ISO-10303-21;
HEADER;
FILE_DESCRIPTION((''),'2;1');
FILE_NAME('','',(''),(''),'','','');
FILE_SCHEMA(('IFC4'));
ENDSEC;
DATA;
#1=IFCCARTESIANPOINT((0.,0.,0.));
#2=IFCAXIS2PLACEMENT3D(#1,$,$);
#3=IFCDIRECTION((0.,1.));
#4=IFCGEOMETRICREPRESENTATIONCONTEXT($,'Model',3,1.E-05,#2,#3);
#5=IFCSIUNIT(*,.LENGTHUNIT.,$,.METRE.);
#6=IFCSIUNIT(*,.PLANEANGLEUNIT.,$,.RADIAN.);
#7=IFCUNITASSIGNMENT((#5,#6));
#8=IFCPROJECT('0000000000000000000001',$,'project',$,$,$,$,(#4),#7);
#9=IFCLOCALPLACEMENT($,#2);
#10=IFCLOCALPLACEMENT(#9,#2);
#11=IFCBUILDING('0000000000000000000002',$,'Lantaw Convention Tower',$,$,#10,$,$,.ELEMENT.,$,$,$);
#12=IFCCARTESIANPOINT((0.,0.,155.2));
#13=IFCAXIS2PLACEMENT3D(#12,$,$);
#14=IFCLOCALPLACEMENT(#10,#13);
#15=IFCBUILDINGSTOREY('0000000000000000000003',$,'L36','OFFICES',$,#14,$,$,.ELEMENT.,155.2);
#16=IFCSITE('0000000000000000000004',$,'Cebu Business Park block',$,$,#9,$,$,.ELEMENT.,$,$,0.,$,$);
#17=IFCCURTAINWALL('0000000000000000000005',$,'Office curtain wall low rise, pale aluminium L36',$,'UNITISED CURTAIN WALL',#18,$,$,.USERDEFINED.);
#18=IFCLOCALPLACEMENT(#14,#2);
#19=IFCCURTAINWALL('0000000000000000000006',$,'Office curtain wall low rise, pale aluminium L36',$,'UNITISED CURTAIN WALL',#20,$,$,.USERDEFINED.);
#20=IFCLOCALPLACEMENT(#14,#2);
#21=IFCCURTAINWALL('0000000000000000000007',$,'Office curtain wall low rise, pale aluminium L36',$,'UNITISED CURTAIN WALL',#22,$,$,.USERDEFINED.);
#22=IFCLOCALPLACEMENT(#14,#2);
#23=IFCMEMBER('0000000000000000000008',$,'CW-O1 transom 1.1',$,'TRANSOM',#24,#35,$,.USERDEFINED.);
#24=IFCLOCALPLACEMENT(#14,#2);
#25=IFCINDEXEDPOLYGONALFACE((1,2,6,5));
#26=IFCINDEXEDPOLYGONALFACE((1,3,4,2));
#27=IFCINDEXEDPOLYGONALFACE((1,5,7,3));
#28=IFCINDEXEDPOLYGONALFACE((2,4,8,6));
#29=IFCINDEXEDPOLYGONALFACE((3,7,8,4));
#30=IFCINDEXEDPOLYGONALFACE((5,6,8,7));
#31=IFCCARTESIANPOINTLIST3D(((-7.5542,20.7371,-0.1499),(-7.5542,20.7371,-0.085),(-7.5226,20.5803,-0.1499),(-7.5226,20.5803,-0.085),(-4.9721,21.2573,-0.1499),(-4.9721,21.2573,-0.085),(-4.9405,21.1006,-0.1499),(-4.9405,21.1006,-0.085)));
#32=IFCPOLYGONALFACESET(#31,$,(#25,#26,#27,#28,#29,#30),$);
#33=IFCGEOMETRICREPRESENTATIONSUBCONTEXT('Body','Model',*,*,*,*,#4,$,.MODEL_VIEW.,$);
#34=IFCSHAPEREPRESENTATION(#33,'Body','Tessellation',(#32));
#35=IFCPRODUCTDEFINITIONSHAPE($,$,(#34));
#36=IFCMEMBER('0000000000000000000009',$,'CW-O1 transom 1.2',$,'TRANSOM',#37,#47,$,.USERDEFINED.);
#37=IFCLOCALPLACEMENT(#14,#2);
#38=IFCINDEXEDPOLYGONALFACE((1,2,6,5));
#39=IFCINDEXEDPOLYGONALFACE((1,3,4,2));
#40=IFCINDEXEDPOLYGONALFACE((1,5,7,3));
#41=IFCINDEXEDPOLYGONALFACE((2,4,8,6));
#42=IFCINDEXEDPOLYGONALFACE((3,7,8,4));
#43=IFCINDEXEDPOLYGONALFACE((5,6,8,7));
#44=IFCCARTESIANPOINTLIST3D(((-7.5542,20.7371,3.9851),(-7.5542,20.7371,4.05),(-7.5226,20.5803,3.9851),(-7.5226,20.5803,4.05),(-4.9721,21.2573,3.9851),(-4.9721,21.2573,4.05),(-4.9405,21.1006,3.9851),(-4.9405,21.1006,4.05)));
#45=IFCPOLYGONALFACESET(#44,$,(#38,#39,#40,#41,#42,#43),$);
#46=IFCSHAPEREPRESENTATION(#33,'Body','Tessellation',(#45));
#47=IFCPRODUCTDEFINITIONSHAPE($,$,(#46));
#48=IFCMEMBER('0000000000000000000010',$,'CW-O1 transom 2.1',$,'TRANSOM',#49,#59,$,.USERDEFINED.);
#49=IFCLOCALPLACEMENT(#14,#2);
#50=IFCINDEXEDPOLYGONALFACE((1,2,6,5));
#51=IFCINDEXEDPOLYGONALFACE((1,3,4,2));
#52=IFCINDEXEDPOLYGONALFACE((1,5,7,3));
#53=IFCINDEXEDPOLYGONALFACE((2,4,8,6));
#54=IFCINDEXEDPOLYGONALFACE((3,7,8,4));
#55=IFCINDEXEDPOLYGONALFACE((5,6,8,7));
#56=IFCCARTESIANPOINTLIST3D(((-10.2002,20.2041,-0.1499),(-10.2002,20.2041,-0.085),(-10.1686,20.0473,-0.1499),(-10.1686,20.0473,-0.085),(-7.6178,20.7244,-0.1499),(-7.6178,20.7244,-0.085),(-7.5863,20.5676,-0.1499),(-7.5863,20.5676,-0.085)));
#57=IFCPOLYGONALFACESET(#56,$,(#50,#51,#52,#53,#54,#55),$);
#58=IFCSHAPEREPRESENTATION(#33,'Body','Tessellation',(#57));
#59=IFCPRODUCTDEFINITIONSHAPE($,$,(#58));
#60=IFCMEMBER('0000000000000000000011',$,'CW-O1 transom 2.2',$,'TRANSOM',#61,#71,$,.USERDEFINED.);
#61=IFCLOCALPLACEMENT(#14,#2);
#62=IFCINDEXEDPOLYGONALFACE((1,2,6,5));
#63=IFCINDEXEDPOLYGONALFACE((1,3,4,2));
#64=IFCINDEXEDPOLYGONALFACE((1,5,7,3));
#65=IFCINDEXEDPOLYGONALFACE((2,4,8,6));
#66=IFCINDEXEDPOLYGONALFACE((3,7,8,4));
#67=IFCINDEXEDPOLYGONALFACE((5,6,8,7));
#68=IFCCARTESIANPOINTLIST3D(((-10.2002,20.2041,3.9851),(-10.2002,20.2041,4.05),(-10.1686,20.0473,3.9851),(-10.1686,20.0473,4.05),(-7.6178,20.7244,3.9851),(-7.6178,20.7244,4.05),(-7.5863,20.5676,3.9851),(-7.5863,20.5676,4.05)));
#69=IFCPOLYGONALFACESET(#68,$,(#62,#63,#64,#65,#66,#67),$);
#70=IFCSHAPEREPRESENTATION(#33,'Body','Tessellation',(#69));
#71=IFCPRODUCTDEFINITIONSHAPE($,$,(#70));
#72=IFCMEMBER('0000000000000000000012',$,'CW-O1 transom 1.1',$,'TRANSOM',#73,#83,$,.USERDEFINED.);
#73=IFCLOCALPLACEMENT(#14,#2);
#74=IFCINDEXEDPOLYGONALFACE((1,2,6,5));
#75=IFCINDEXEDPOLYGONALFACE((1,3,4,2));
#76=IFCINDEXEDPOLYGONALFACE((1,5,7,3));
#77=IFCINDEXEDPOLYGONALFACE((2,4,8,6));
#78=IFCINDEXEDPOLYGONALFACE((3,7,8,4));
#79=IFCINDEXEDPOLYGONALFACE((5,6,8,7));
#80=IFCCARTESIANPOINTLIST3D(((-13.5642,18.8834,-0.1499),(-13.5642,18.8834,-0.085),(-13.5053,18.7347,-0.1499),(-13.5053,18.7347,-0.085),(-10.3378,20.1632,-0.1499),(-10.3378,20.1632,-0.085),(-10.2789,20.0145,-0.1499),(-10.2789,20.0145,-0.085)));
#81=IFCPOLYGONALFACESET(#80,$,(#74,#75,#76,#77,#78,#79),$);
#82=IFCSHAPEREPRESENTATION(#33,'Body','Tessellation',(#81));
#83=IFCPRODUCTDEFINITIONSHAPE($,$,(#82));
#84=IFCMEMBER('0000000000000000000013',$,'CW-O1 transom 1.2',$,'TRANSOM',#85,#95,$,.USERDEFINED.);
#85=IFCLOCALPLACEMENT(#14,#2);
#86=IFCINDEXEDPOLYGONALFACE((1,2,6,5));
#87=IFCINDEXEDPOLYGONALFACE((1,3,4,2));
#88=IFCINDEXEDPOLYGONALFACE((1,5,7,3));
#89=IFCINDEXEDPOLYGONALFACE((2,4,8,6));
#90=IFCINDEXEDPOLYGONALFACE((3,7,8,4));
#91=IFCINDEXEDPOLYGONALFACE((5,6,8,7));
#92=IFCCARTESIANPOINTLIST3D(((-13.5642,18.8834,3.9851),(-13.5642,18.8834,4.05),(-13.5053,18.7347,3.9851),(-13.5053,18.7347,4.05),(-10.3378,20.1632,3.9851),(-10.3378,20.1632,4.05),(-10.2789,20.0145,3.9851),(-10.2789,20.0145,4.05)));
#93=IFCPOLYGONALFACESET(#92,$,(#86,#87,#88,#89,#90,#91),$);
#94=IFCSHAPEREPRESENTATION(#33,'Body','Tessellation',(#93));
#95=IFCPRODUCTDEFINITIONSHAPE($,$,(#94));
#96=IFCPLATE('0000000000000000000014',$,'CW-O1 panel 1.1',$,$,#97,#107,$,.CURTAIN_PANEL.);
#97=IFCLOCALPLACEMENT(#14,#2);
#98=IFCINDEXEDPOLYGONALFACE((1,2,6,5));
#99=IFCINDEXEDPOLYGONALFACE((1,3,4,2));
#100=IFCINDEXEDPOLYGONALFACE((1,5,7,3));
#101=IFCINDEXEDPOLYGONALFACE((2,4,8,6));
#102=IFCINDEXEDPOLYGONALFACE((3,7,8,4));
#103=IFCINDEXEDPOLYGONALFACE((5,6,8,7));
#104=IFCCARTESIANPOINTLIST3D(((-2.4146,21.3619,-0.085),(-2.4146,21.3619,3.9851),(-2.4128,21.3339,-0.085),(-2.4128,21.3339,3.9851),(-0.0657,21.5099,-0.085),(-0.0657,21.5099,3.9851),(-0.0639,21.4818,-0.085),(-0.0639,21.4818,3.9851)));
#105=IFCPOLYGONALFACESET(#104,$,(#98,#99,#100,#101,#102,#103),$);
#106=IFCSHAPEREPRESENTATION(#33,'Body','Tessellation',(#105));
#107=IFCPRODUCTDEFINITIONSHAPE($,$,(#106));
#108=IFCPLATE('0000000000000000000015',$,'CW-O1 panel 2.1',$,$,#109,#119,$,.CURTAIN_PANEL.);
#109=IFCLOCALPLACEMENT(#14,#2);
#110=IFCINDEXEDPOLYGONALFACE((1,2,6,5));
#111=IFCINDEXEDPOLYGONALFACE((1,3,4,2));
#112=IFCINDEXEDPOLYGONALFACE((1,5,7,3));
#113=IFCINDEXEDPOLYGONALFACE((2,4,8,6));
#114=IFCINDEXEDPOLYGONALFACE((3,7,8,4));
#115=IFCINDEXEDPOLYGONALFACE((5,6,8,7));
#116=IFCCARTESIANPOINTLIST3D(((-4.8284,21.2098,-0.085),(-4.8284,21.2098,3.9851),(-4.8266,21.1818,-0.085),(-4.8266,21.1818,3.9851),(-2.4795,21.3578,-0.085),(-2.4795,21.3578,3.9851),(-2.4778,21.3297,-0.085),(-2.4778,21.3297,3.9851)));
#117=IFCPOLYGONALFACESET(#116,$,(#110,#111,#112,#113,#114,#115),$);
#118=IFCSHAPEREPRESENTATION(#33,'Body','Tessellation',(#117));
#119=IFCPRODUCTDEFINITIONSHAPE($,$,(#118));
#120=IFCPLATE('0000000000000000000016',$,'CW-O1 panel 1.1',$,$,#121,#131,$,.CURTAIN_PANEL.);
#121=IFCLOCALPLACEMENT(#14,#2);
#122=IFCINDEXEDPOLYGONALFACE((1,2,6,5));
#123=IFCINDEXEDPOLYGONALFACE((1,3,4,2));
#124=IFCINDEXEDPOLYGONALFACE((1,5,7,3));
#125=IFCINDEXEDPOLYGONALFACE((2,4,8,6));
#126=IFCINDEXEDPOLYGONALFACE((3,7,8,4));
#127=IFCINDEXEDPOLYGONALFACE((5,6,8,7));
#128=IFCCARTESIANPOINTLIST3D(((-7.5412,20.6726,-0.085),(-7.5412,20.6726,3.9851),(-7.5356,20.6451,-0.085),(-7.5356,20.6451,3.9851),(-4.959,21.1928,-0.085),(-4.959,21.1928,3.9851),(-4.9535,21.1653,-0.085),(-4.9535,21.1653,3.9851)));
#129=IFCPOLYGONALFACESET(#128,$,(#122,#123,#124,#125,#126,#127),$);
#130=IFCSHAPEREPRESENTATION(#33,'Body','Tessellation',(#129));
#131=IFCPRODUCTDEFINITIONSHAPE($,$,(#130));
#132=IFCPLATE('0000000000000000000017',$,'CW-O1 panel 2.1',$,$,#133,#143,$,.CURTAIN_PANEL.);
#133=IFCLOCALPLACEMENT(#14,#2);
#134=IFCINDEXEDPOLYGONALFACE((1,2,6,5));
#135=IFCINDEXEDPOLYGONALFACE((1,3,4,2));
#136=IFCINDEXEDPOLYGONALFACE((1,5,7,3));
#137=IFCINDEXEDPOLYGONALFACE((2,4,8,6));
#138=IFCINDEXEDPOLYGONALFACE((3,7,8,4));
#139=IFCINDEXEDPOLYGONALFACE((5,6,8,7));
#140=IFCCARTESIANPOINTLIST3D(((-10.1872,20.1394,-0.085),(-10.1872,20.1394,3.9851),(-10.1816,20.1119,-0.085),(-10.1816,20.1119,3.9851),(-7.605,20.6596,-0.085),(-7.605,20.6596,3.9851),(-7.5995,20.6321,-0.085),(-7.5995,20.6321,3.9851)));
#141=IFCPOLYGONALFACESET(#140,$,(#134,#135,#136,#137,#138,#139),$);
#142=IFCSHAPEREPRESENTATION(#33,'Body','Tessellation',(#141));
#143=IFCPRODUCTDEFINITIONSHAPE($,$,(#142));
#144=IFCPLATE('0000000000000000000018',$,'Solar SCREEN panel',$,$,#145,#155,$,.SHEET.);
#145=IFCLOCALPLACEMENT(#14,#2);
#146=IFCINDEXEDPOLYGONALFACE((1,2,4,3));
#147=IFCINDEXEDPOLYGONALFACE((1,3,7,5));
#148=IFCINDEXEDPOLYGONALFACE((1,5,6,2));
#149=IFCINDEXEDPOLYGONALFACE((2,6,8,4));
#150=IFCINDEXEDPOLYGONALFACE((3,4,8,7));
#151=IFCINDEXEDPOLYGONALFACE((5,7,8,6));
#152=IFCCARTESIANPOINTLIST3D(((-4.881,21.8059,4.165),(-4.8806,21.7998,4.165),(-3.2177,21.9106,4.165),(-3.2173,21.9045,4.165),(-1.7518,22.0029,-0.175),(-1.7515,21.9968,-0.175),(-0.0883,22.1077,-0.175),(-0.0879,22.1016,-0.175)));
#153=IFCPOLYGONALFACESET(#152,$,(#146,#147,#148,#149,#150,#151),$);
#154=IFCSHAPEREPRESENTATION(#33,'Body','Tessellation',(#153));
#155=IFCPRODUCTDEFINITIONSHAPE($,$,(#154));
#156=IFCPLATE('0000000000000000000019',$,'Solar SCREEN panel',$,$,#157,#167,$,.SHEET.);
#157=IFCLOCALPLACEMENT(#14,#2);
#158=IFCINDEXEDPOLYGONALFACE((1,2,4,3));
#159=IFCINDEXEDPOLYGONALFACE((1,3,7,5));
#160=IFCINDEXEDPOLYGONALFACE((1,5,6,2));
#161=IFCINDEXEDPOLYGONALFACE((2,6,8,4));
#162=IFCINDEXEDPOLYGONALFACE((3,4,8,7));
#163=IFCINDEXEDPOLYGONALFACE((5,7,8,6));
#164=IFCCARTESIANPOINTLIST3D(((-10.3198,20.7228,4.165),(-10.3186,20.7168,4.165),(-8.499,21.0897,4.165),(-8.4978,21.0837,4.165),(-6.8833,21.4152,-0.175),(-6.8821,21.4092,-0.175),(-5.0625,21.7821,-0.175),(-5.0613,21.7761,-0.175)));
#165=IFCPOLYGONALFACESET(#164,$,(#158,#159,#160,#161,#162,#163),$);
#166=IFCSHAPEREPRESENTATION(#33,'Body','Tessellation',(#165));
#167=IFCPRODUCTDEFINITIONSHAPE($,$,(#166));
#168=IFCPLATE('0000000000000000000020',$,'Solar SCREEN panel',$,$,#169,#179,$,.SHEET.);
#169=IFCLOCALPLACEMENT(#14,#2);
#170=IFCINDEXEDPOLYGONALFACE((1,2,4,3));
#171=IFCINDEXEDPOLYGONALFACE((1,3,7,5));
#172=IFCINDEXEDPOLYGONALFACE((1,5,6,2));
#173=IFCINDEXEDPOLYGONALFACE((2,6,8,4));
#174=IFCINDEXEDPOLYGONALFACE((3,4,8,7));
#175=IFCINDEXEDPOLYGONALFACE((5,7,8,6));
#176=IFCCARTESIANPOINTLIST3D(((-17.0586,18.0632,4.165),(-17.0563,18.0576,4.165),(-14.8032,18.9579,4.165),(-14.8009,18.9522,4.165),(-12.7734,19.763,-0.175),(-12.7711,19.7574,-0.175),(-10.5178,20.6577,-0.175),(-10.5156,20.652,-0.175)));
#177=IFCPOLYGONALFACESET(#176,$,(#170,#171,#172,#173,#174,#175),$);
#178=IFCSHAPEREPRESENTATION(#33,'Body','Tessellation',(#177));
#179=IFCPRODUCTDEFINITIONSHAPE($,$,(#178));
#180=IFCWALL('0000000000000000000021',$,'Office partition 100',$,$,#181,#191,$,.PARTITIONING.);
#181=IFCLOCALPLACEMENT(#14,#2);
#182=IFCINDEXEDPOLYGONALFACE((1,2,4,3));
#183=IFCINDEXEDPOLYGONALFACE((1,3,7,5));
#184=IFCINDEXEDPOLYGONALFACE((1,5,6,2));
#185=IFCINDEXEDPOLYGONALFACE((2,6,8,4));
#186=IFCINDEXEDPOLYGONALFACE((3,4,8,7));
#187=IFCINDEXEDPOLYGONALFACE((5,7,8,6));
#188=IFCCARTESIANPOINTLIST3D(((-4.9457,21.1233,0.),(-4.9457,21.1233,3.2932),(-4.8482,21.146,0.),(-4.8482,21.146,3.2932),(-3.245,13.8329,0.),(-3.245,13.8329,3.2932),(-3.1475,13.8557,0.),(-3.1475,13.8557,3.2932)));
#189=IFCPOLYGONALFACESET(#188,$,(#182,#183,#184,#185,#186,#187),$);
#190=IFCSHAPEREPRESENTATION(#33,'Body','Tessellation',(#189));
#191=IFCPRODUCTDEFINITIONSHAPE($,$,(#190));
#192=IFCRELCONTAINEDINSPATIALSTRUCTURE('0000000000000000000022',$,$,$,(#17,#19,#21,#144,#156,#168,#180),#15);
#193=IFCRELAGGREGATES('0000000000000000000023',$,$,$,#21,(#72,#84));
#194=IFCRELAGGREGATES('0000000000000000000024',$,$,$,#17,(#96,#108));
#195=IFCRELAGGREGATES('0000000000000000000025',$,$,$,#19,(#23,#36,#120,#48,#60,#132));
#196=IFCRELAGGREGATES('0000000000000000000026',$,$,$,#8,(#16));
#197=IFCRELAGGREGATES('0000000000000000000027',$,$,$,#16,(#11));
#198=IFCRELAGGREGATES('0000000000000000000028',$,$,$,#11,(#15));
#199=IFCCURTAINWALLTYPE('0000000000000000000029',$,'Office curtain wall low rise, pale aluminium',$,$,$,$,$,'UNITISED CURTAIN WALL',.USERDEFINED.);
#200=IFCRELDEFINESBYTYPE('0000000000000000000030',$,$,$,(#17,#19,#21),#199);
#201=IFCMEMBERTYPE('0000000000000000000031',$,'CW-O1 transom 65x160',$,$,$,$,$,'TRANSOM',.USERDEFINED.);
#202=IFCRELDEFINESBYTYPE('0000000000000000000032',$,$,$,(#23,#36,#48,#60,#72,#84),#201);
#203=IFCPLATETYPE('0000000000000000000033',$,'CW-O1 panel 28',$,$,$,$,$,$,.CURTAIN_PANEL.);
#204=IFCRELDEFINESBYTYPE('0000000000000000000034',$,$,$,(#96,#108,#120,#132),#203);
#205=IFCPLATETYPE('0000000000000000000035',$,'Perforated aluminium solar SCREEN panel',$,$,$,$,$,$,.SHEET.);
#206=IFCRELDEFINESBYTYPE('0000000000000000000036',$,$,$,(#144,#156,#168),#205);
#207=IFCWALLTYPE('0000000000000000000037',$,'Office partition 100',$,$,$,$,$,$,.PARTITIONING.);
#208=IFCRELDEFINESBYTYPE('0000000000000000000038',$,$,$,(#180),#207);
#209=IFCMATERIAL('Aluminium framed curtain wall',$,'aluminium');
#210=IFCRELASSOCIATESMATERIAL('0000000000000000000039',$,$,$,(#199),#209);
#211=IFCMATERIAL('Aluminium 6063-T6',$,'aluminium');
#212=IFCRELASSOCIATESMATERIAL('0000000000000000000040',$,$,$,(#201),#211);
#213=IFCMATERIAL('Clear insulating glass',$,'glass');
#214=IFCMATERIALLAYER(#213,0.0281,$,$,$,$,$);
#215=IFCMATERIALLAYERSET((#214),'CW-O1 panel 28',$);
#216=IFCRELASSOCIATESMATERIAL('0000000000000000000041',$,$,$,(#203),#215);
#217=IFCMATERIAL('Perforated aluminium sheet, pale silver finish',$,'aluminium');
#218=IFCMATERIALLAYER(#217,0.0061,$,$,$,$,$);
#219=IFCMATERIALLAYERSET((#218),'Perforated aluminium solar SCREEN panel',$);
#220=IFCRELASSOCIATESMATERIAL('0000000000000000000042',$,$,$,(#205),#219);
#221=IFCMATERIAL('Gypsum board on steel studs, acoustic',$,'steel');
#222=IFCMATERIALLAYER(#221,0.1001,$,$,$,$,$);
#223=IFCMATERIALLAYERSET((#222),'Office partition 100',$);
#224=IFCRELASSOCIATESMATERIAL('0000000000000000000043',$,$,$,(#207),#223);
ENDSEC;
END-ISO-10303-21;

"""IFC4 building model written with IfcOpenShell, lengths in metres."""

from ifc_helpers import new_model, si_unit, direction, frame, frame_2d, origin, origin_2d, place, context, subcontext, project, spatial, polyline, rectangle, outline, extrude, material, layer, layer_set, material_profile, profile_set, type_object, element, aggregate, save


model = new_model("IFC4")

# Units and contexts
model_context = context("Model", 3, precision=1e-05, world=origin(), true_north=direction((0.0, 1.0)))
body_context = subcontext(model_context, "Body", "Model", "MODEL_VIEW")
ifc_project = project(units=[si_unit("LENGTHUNIT", "METRE"), si_unit("PLANEANGLEUNIT", "RADIAN")], contexts=[model_context])

# Site, building, storey
site_placement = place(None, origin())
site = spatial("IfcSite", under=ifc_project, at=site_placement, Name="Cebu Business Park block", CompositionType="ELEMENT", RefElevation=0.0)
building_placement = place(site_placement, origin())
building = spatial("IfcBuilding", under=site, at=building_placement, Name="Lantaw Convention Tower", CompositionType="ELEMENT")
storey_placement = place(building_placement, frame((0.0, 0.0, 155.2)))
storey = spatial("IfcBuildingStorey", under=building, at=storey_placement, Name="L36", Description="OFFICES", CompositionType="ELEMENT", Elevation=155.2)

# Curtain walls
ifc_material_1 = material(Name="Aluminium framed curtain wall", Category="aluminium")
curtain_wall_type = type_object("IfcCurtainWallType", Name="Office curtain wall low rise, pale aluminium", ElementType="UNITISED CURTAIN WALL", PredefinedType="USERDEFINED", material=ifc_material_1)
curtain_wall_1_placement = place(storey_placement, origin())
curtain_wall_1 = element("IfcCurtainWall", 1, at=curtain_wall_1_placement, inside=storey, type_object=curtain_wall_type, Name="Office curtain wall low rise, pale aluminium L36", ObjectType="UNITISED CURTAIN WALL", PredefinedType="USERDEFINED")
ifc_material_2 = material(Name="Aluminium 6063-T6", Category="aluminium")
curtain_wall_2_placement = place(storey_placement, origin())
curtain_wall_2 = element("IfcCurtainWall", 2, at=curtain_wall_2_placement, inside=storey, type_object=curtain_wall_type, Name="Office curtain wall low rise, pale aluminium L36", ObjectType="UNITISED CURTAIN WALL", PredefinedType="USERDEFINED")

# Curtain wall
curtain_wall_3_placement = place(storey_placement, origin())
curtain_wall_3 = element("IfcCurtainWall", 3, at=curtain_wall_3_placement, inside=storey, type_object=curtain_wall_type, Name="Office curtain wall low rise, pale aluminium L36", ObjectType="UNITISED CURTAIN WALL", PredefinedType="USERDEFINED")

# Members
ifc_material_profile_1 = material_profile(ifc_material_2, rectangle(XDim=0.1599, YDim=0.0649, at=origin_2d()), Name="CW-O1 transom 65x160")
ifc_profile_set_1 = profile_set([ifc_material_profile_1], Name="Aluminium 6063-T6")
member_type_1 = type_object("IfcMemberType", Name="CW-O1 transom 65x160", ElementType="TRANSOM", PredefinedType="USERDEFINED", material=ifc_profile_set_1)
member_1_placement = place(storey_placement, frame((-4.9563, 21.179, -0.1174), z_axis=(-0.980298, -0.197524, 0.0), x_axis=(0.197524, -0.980298, 0.0)))
member_1 = element("IfcMember", 4, at=member_1_placement, type_object=member_type_1, Name="CW-O1 transom 1.1", ObjectType="TRANSOM", PredefinedType="USERDEFINED", context=body_context, shape_type="SweptSolid", body=[
    extrude(rectangle(XDim=0.1599, YDim=0.0649, at=origin_2d()), origin(), (0.0, 0.0, 1.0), 2.634),
])
member_2_placement = place(storey_placement, frame((-4.9563, 21.179, 4.0176), z_axis=(-0.980298, -0.197524, 0.0), x_axis=(0.197524, -0.980298, 0.0)))
member_2 = element("IfcMember", 5, at=member_2_placement, type_object=member_type_1, Name="CW-O1 transom 1.2", ObjectType="TRANSOM", PredefinedType="USERDEFINED", context=body_context, shape_type="SweptSolid", body=[
    extrude(rectangle(XDim=0.1599, YDim=0.0649, at=origin_2d()), origin(), (0.0, 0.0, 1.0), 2.634),
])
member_3_placement = place(storey_placement, frame((-7.6021, 20.646, -0.1174), z_axis=(-0.980302, -0.197506, 0.0), x_axis=(0.197506, -0.980302, 0.0)))
member_3 = element("IfcMember", 6, at=member_3_placement, type_object=member_type_1, Name="CW-O1 transom 2.1", ObjectType="TRANSOM", PredefinedType="USERDEFINED", context=body_context, shape_type="SweptSolid", body=[
    extrude(rectangle(XDim=0.1599, YDim=0.0649, at=origin_2d()), origin(), (0.0, 0.0, 1.0), 2.6343),
])
member_4_placement = place(storey_placement, frame((-7.6021, 20.646, 4.0176), z_axis=(-0.980302, -0.197506, 0.0), x_axis=(0.197506, -0.980302, 0.0)))
member_4 = element("IfcMember", 7, at=member_4_placement, type_object=member_type_1, Name="CW-O1 transom 2.2", ObjectType="TRANSOM", PredefinedType="USERDEFINED", context=body_context, shape_type="SweptSolid", body=[
    extrude(rectangle(XDim=0.1599, YDim=0.0649, at=origin_2d()), origin(), (0.0, 0.0, 1.0), 2.6343),
])
member_5_placement = place(storey_placement, frame((-10.3083, 20.0889, -0.1174), z_axis=(-0.92954, -0.368721, 0.0), x_axis=(0.368721, -0.92954, 0.0)))
member_5 = element("IfcMember", 8, at=member_5_placement, type_object=member_type_1, Name="CW-O1 transom 1.1", ObjectType="TRANSOM", PredefinedType="USERDEFINED", context=body_context, shape_type="SweptSolid", body=[
    extrude(rectangle(XDim=0.1599, YDim=0.0649, at=origin_2d()), origin(), (0.0, 0.0, 1.0), 3.4709),
])
member_6_placement = place(storey_placement, frame((-10.3083, 20.0889, 4.0176), z_axis=(-0.92954, -0.368721, 0.0), x_axis=(0.368721, -0.92954, 0.0)))
member_6 = element("IfcMember", 9, at=member_6_placement, type_object=member_type_1, Name="CW-O1 transom 1.2", ObjectType="TRANSOM", PredefinedType="USERDEFINED", context=body_context, shape_type="SweptSolid", body=[
    extrude(rectangle(XDim=0.1599, YDim=0.0649, at=origin_2d()), origin(), (0.0, 0.0, 1.0), 3.4709),
])
aggregate(curtain_wall_3, [member_5, member_6])

# Plates
ifc_material_3 = material(Name="Clear insulating glass", Category="glass")
ifc_layer_1 = layer(ifc_material_3, 0.0281)
ifc_layer_set_1 = layer_set([ifc_layer_1], Name="CW-O1 panel 28")
plate_type_1 = type_object("IfcPlateType", Name="CW-O1 panel 28", PredefinedType="CURTAIN_PANEL", material=ifc_layer_set_1)
plate_1_placement = place(storey_placement, frame((-1.2393, 21.4219, -0.085), z_axis=(0.0, 0.0, 1.0), x_axis=(-0.998022, -0.062865, 0.0)))
plate_1 = element("IfcPlate", 10, at=plate_1_placement, type_object=plate_type_1, Name="CW-O1 panel 1.1", PredefinedType="CURTAIN_PANEL", context=body_context, shape_type="SweptSolid", body=[
    extrude(rectangle(XDim=2.3535, YDim=0.0281, at=origin_2d()), origin(), (0.0, 0.0, 1.0), 4.0701),
])
plate_2_placement = place(storey_placement, frame((-3.6531, 21.2698, -0.085), z_axis=(0.0, 0.0, 1.0), x_axis=(-0.998022, -0.062865, 0.0)))
plate_2 = element("IfcPlate", 11, at=plate_2_placement, type_object=plate_type_1, Name="CW-O1 panel 2.1", PredefinedType="CURTAIN_PANEL", context=body_context, shape_type="SweptSolid", body=[
    extrude(rectangle(XDim=2.3535, YDim=0.0281, at=origin_2d()), origin(), (0.0, 0.0, 1.0), 4.0701),
])
aggregate(curtain_wall_1, [plate_1, plate_2])
plate_3_placement = place(storey_placement, frame((-6.2473, 20.9189, -0.085), z_axis=(0.0, 0.0, 1.0), x_axis=(-0.980302, -0.197507, 0.0)))
plate_3 = element("IfcPlate", 12, at=plate_3_placement, type_object=plate_type_1, Name="CW-O1 panel 1.1", PredefinedType="CURTAIN_PANEL", context=body_context, shape_type="SweptSolid", body=[
    extrude(rectangle(XDim=2.634, YDim=0.0281, at=origin_2d()), origin(), (0.0, 0.0, 1.0), 4.0701),
])
plate_4_placement = place(storey_placement, frame((-8.8933, 20.3857, -0.085), z_axis=(0.0, 0.0, 1.0), x_axis=(-0.980302, -0.197507, 0.0)))
plate_4 = element("IfcPlate", 13, at=plate_4_placement, type_object=plate_type_1, Name="CW-O1 panel 2.1", PredefinedType="CURTAIN_PANEL", context=body_context, shape_type="SweptSolid", body=[
    extrude(rectangle(XDim=2.634, YDim=0.0281, at=origin_2d()), origin(), (0.0, 0.0, 1.0), 4.0701),
])
aggregate(curtain_wall_2, [member_1, member_2, plate_3, member_3, member_4, plate_4])

# Plates
ifc_material_4 = material(Name="Perforated aluminium sheet, pale silver finish", Category="aluminium")
ifc_layer_2 = layer(ifc_material_4, 0.0061)
ifc_layer_set_2 = layer_set([ifc_layer_2], Name="Perforated aluminium solar SCREEN panel")
plate_type_2 = type_object("IfcPlateType", Name="Perforated aluminium solar SCREEN panel", PredefinedType="SHEET", material=ifc_layer_set_2)
plate_5_placement = place(storey_placement, frame((-0.0879, 22.1016, -0.175), z_axis=(0.062839, -0.998024, 0.000002), x_axis=(-0.998024, -0.062839, 0.0)))
element("IfcPlate", 14, at=plate_5_placement, inside=storey, type_object=plate_type_2, Name="Solar SCREEN panel", PredefinedType="SHEET", context=body_context, shape_type="SweptSolid", body=[
    extrude(outline(polyline([(0.0, 0.0), (1.6669, 0.0), (4.8022, -4.3401), (3.1356, -4.3401), (0.0, 0.0)])), origin(), (0.0, 0.0, -1.0), 0.0061),
])
plate_6_placement = place(storey_placement, frame((-5.0613, 21.7761, -0.175), z_axis=(0.197557, -0.980291, 0.000039), x_axis=(-0.980291, -0.197557, 0.0)))
element("IfcPlate", 15, at=plate_6_placement, inside=storey, type_object=plate_type_2, Name="Solar SCREEN panel", PredefinedType="SHEET", context=body_context, shape_type="SweptSolid", body=[
    extrude(outline(polyline([(0.0, 0.0), (1.8574, 0.0), (5.363, -4.3401), (3.5056, -4.3401), (0.0, 0.0)])), origin(), (0.0, 0.0, -1.0), 0.0061),
])
plate_7_placement = place(storey_placement, frame((-10.5178, 20.6577, -0.175), z_axis=(-0.368709, 0.929545, 0.000011), x_axis=(-0.929545, -0.368709, 0.0)))
element("IfcPlate", 16, at=plate_7_placement, inside=storey, type_object=plate_type_2, Name="Solar SCREEN panel", PredefinedType="SHEET", context=body_context, shape_type="SweptSolid", body=[
    extrude(outline(polyline([(0.0, 0.0), (2.4265, 0.0), (7.0365, 4.3401), (4.6102, 4.3401), (0.0, 0.0)])), origin(), (0.0, 0.0, -1.0), 0.0061),
])

# Wall
ifc_material_5 = material(Name="Gypsum board on steel studs, acoustic", Category="steel")
ifc_layer_3 = layer(ifc_material_5, 0.1001)
ifc_layer_set_3 = layer_set([ifc_layer_3], Name="Office partition 100")
wall_type = type_object("IfcWallType", Name="Office partition 100", PredefinedType="PARTITIONING", material=ifc_layer_set_3)
wall_1_placement = place(storey_placement, frame((-4.897, 21.1348, 0.0), z_axis=(0.0, 0.0, 1.0), x_axis=(0.227181, -0.973853, 0.0)))
element("IfcWall", 17, at=wall_1_placement, inside=storey, type_object=wall_type, Name="Office partition 100", PredefinedType="PARTITIONING", context=body_context, shape_type="SweptSolid", body=[
    extrude(rectangle(XDim=7.4861, YDim=0.1001, at=frame_2d((3.7432, 0.0))), origin(), (0.0, 0.0, 1.0), 3.2932),
])

save(model, "model.ifc")
